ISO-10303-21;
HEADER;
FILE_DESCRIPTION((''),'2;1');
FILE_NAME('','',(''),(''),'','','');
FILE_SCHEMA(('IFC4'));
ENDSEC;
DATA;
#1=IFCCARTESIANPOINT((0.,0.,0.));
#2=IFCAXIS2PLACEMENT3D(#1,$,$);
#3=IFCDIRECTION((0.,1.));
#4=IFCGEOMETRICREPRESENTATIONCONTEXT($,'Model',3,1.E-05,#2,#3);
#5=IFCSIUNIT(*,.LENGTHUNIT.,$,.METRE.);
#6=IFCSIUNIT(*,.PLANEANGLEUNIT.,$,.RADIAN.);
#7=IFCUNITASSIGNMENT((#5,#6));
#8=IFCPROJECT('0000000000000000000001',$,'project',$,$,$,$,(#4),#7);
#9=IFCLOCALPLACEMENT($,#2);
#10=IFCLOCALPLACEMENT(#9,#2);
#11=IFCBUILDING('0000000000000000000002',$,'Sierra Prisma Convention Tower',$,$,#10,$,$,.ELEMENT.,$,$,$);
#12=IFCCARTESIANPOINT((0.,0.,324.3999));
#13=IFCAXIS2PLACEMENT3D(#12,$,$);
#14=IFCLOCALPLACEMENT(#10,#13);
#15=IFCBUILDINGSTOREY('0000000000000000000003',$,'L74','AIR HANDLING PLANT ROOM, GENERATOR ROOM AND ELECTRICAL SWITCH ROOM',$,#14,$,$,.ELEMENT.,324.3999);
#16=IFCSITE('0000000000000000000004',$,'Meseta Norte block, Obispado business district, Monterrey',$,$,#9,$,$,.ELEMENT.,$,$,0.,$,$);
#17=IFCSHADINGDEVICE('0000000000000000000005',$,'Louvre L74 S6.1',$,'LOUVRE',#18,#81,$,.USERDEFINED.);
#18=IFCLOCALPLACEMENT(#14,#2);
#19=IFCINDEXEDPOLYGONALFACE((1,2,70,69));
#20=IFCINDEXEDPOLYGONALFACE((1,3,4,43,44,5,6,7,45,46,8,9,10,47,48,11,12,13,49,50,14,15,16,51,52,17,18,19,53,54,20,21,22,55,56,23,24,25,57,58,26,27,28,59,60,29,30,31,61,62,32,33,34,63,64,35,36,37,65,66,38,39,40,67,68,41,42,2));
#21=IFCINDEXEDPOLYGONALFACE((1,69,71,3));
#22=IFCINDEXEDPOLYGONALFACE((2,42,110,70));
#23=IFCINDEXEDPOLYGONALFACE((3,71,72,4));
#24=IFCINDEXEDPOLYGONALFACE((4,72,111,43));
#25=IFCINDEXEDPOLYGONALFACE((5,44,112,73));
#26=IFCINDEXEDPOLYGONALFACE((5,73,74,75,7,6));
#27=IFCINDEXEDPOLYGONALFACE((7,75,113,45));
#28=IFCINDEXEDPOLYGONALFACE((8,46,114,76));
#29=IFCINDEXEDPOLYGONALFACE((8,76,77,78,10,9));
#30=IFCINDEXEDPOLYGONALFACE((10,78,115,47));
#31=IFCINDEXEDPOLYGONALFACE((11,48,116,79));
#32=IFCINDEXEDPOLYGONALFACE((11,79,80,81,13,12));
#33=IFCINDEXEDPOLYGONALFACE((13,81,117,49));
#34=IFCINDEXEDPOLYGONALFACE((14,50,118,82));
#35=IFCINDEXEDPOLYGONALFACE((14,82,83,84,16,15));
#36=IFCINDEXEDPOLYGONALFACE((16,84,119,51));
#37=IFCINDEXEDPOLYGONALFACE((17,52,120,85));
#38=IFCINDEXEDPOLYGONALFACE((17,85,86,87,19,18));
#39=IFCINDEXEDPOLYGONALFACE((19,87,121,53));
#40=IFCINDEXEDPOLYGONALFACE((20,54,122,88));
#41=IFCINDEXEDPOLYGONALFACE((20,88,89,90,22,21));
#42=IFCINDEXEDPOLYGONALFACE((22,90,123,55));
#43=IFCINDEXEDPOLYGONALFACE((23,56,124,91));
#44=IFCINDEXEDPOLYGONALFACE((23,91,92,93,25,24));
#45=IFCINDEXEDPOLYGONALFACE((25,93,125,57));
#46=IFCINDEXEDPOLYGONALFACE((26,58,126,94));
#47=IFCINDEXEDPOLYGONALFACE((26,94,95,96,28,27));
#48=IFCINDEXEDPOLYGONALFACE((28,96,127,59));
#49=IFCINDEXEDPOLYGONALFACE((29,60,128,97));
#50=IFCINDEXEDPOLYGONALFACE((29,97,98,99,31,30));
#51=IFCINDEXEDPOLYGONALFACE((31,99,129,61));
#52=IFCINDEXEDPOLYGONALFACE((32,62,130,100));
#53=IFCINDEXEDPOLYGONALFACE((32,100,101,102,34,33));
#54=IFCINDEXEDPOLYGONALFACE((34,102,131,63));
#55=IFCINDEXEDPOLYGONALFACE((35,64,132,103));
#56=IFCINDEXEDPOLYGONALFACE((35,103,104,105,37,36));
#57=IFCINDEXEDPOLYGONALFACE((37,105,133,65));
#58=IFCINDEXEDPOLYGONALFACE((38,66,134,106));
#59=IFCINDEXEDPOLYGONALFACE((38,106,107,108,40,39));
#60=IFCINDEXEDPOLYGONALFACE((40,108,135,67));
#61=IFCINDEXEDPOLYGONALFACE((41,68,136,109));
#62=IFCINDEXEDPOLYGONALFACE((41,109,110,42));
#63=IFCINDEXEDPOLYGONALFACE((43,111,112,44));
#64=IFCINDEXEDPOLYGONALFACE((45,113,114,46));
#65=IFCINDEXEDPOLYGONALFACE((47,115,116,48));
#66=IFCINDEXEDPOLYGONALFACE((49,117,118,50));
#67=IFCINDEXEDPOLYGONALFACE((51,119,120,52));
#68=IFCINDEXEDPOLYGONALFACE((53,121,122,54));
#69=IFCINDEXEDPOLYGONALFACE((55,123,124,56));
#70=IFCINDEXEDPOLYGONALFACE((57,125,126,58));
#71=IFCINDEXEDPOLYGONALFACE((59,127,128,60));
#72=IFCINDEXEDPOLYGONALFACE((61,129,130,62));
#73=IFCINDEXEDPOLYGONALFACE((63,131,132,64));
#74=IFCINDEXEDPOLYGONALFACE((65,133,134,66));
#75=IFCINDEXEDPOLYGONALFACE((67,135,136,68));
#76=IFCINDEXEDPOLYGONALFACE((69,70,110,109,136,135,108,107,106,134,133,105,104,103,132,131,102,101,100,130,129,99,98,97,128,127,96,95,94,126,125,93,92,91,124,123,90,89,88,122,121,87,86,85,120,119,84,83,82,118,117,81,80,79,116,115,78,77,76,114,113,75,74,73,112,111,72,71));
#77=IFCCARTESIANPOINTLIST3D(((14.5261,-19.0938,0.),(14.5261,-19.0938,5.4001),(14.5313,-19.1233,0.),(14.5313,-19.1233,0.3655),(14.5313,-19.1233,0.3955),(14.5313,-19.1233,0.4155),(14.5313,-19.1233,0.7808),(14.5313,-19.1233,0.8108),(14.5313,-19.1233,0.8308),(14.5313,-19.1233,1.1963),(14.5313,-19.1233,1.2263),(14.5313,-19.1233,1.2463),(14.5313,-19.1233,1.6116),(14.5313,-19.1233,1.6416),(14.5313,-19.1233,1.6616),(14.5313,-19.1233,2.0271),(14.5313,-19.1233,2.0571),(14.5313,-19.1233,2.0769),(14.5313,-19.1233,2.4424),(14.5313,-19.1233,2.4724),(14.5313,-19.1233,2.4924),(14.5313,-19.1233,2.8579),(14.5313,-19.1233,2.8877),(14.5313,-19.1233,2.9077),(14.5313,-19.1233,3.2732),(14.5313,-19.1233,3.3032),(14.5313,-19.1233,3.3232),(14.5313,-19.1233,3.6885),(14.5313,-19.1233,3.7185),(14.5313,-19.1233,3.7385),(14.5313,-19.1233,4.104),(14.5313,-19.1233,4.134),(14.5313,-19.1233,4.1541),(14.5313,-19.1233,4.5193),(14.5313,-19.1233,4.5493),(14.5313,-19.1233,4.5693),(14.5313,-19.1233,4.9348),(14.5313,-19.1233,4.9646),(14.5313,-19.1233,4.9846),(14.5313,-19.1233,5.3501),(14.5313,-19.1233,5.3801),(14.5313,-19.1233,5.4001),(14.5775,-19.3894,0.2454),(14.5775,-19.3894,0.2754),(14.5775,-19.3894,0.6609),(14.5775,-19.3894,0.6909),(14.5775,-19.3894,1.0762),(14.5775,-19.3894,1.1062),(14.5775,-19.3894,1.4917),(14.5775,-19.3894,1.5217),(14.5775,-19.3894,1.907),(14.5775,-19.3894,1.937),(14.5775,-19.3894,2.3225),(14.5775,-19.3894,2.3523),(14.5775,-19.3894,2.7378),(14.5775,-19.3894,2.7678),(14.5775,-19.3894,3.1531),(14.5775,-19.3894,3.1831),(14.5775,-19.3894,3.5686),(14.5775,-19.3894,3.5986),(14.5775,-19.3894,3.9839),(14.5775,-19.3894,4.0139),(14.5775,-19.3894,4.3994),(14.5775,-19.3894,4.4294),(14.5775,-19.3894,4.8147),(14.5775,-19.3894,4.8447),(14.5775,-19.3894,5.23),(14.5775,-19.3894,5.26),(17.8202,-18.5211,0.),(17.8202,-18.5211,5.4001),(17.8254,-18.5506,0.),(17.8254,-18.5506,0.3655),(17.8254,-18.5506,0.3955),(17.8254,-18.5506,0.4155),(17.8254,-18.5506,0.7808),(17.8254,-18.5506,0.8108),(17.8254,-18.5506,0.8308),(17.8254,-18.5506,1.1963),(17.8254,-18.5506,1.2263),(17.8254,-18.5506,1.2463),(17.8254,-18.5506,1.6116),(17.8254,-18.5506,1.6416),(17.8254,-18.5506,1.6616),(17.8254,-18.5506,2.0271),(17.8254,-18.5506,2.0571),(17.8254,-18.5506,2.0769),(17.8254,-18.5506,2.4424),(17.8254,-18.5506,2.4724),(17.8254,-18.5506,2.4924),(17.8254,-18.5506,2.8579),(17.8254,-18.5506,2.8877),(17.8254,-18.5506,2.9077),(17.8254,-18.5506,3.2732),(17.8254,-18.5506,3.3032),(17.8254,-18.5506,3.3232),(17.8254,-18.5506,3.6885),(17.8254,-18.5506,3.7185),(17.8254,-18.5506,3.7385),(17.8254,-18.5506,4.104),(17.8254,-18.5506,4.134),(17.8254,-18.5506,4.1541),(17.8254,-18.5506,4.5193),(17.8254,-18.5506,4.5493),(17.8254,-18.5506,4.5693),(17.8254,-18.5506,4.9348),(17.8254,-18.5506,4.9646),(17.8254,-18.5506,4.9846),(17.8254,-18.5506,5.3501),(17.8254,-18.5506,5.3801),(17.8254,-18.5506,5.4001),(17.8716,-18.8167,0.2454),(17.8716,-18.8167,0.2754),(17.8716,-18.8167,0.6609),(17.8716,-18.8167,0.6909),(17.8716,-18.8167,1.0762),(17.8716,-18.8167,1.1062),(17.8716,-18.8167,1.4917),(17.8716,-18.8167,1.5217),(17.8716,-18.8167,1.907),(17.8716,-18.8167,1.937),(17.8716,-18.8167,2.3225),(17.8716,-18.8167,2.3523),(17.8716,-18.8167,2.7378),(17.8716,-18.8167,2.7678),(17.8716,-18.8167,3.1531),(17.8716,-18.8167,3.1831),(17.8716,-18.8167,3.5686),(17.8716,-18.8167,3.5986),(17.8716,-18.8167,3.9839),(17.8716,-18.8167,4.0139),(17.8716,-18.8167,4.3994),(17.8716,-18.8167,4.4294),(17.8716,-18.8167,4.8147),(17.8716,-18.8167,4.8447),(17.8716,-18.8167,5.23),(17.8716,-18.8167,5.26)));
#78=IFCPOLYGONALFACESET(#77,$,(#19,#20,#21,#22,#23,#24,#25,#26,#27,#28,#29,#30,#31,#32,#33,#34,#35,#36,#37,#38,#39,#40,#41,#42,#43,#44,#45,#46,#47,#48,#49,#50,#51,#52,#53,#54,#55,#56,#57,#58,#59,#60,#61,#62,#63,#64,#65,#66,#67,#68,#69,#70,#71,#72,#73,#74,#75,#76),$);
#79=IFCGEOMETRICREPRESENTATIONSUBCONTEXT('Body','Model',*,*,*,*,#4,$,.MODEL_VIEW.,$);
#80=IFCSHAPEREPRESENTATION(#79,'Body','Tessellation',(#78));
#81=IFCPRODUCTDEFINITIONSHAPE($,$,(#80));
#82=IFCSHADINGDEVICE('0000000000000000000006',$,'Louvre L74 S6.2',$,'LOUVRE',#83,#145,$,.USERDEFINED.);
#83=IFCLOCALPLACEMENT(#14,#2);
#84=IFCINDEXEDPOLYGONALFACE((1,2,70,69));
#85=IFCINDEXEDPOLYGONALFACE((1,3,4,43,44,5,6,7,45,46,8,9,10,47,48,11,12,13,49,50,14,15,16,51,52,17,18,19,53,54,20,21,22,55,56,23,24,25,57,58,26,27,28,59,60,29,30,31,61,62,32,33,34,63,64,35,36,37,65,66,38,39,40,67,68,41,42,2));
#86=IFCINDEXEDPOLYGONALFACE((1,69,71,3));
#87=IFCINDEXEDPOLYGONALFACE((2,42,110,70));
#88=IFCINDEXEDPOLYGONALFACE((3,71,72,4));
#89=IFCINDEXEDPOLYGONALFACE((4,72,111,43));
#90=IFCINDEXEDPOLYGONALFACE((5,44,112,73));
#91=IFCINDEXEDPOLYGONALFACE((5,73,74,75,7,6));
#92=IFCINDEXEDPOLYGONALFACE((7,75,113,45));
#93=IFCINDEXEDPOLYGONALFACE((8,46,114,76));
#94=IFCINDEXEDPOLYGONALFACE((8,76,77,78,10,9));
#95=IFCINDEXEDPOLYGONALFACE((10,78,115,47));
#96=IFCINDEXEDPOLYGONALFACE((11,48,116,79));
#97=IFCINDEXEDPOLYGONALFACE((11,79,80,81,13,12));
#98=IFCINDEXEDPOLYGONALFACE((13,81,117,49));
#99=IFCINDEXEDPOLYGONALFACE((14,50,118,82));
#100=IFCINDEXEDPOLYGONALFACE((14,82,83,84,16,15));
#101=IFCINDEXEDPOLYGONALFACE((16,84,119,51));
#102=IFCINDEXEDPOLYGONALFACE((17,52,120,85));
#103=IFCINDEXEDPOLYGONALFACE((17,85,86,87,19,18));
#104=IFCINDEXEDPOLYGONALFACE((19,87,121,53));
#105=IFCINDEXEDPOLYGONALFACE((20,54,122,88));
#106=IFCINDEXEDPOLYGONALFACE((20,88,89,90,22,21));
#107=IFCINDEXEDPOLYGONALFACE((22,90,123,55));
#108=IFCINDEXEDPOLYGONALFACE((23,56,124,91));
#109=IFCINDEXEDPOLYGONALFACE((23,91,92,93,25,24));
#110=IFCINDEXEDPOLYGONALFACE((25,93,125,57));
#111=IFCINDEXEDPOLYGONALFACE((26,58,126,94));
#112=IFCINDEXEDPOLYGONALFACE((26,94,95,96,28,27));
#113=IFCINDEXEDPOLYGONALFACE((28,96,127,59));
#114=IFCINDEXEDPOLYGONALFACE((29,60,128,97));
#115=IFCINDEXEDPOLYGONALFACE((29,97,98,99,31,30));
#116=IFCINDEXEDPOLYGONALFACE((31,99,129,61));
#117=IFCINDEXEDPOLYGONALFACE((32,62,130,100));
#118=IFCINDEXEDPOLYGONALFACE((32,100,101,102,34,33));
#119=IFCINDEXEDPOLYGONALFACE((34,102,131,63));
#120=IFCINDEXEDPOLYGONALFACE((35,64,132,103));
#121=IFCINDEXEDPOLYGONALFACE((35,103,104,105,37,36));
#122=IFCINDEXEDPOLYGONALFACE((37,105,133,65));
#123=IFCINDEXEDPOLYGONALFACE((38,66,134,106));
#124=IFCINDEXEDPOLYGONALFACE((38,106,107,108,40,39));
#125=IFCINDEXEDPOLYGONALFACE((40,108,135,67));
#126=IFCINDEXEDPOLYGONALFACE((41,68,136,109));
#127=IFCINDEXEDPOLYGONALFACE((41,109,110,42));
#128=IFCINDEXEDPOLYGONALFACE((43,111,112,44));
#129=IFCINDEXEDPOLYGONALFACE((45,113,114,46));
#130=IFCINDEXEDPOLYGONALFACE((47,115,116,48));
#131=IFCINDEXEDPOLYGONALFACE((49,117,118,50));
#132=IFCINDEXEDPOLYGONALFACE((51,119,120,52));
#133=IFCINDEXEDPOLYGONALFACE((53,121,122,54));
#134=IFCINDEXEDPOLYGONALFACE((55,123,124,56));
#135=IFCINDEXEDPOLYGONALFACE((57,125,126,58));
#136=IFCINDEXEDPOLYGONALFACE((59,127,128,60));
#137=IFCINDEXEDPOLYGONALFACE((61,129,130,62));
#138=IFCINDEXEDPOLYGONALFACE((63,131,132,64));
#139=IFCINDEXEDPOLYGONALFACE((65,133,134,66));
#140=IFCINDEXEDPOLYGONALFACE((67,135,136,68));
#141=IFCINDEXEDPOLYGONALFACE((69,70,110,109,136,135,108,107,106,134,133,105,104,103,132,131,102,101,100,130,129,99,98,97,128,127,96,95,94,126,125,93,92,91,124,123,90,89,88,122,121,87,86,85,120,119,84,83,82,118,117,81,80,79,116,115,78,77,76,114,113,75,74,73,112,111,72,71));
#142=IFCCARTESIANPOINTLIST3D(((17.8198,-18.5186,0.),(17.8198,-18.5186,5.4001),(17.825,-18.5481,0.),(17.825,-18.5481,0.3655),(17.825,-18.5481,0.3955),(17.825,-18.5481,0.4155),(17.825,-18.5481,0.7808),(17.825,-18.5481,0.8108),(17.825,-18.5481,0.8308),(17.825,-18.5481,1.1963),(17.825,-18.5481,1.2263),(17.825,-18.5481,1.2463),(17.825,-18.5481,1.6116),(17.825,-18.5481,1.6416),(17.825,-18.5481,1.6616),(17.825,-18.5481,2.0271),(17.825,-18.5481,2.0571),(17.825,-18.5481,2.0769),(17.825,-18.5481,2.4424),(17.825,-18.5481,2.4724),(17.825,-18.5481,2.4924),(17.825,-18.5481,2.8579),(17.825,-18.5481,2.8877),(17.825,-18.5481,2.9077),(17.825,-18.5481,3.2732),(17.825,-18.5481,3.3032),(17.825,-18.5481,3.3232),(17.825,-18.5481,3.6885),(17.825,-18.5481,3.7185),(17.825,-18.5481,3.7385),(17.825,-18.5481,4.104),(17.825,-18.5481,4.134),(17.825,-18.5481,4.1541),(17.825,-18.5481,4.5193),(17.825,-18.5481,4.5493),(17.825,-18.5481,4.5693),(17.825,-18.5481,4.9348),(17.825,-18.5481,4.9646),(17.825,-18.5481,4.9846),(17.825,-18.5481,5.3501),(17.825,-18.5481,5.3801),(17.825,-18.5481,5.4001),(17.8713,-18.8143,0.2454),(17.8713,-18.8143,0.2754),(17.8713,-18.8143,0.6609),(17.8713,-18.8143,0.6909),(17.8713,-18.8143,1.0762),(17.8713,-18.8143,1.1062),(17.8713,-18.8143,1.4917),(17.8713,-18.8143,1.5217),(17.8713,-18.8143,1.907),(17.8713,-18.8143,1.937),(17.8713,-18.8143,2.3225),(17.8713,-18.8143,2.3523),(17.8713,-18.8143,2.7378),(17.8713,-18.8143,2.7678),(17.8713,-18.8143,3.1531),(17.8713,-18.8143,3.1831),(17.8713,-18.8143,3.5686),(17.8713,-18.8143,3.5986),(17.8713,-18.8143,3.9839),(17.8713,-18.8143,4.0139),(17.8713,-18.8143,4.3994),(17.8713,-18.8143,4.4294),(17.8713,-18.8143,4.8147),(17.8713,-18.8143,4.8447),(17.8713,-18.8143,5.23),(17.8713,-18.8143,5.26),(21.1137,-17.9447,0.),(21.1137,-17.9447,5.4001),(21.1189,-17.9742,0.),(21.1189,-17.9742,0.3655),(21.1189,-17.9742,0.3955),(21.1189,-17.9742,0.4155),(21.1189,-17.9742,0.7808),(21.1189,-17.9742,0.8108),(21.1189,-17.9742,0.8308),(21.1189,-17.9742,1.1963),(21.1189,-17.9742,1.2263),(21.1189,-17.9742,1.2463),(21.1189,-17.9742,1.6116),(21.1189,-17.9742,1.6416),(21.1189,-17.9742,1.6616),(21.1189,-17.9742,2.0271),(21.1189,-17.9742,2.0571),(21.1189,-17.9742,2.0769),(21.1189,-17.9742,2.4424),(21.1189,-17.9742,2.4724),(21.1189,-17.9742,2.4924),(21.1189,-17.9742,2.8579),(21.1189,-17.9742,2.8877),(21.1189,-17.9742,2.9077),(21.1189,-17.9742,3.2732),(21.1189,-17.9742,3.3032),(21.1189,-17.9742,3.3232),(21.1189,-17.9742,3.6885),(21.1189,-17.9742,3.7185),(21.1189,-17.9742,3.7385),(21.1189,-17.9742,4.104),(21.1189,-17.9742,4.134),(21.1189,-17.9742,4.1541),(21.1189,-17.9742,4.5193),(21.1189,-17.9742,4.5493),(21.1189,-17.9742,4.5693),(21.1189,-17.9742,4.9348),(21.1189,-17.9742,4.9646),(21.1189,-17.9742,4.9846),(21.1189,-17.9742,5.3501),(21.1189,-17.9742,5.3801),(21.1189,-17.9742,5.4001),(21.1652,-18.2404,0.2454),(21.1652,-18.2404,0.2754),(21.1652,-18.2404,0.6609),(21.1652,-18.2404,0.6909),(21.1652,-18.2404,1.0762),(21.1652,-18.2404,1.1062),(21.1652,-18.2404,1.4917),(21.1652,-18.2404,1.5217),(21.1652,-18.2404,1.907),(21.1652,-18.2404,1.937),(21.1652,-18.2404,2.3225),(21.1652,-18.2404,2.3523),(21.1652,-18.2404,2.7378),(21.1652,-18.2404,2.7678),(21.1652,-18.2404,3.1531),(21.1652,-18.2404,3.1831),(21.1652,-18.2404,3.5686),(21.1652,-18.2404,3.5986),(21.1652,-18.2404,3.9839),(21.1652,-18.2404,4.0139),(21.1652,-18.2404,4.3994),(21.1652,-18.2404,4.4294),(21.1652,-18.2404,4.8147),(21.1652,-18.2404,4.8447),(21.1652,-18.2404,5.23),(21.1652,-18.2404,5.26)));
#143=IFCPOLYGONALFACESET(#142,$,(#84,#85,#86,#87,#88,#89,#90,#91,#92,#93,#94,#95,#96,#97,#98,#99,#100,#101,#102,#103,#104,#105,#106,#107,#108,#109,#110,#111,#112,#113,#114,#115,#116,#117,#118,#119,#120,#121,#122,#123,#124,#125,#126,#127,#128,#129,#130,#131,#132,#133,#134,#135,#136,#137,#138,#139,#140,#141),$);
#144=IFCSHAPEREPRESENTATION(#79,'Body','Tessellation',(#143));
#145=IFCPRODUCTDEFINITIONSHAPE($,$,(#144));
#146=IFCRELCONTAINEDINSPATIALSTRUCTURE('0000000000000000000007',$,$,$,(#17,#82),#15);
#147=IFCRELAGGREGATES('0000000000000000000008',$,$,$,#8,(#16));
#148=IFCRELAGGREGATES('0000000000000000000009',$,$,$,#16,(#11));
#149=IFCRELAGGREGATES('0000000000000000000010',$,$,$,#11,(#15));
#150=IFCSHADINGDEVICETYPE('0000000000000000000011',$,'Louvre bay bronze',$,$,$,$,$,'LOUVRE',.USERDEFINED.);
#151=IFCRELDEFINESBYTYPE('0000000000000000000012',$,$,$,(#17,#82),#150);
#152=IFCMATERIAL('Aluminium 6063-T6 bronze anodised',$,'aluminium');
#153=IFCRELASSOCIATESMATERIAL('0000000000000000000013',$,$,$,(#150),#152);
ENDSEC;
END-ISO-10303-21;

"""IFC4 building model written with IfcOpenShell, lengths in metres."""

from ifc_helpers import new_model, si_unit, direction, frame, origin, place, context, subcontext, project, spatial, polyline, outline, extrude, material, type_object, element, save


model = new_model("IFC4")

# Units and contexts
model_context = context("Model", 3, precision=1e-05, world=origin(), true_north=direction((0.0, 1.0)))
body_context = subcontext(model_context, "Body", "Model", "MODEL_VIEW")
ifc_project = project(units=[si_unit("LENGTHUNIT", "METRE"), si_unit("PLANEANGLEUNIT", "RADIAN")], contexts=[model_context])

# Site, building, storey
site_placement = place(None, origin())
site = spatial("IfcSite", under=ifc_project, at=site_placement, Name="Meseta Norte block, Obispado business district, Monterrey", CompositionType="ELEMENT", RefElevation=0.0)
building_placement = place(site_placement, origin())
building = spatial("IfcBuilding", under=site, at=building_placement, Name="Sierra Prisma Convention Tower", CompositionType="ELEMENT")
storey_placement = place(building_placement, frame((0.0, 0.0, 324.3999)))
storey = spatial("IfcBuildingStorey", under=building, at=storey_placement, Name="L74", Description="AIR HANDLING PLANT ROOM, GENERATOR ROOM AND ELECTRICAL SWITCH ROOM", CompositionType="ELEMENT", Elevation=324.3999)

# Shading devices
ifc_material_1 = material(Name="Aluminium 6063-T6 bronze anodised", Category="aluminium")
shading_device_type = type_object("IfcShadingDeviceType", Name="Louvre bay bronze", ElementType="LOUVRE", PredefinedType="USERDEFINED", material=ifc_material_1)
shading_device_1_placement = place(storey_placement, frame((14.5261, -19.0938, 0.0), z_axis=(-0.985222, -0.171283, 0.0), x_axis=(0.0, 0.0, 1.0)))
element("IfcShadingDevice", 1, at=shading_device_1_placement, inside=storey, type_object=shading_device_type, Name="Louvre L74 S6.1", ObjectType="LOUVRE", PredefinedType="USERDEFINED", context=body_context, shape_type="SweptSolid", body=[
    extrude(outline(polyline([(0.0, 0.0), (5.4001, 0.0), (5.4001, -0.03), (5.3801, -0.03), (5.26, -0.3001), (5.23, -0.3001), (5.3501, -0.03), (4.9846, -0.03), (4.9646, -0.03), (4.8447, -0.3001), (4.8147, -0.3001), (4.9348, -0.03), (4.5693, -0.03), (4.5493, -0.03), (4.4294, -0.3001), (4.3994, -0.3001), (4.5193, -0.03), (4.1541, -0.03), (4.134, -0.03), (4.0139, -0.3001), (3.9839, -0.3001), (4.104, -0.03), (3.7385, -0.03), (3.7185, -0.03), (3.5986, -0.3001), (3.5686, -0.3001), (3.6885, -0.03), (3.3232, -0.03), (3.3032, -0.03), (3.1831, -0.3001), (3.1531, -0.3001), (3.2732, -0.03), (2.9077, -0.03), (2.8877, -0.03), (2.7678, -0.3001), (2.7378, -0.3001), (2.8579, -0.03), (2.4924, -0.03), (2.4724, -0.03), (2.3523, -0.3001), (2.3225, -0.3001), (2.4424, -0.03), (2.0769, -0.03), (2.0571, -0.03), (1.937, -0.3001), (1.907, -0.3001), (2.0271, -0.03), (1.6616, -0.03), (1.6416, -0.03), (1.5217, -0.3001), (1.4917, -0.3001), (1.6116, -0.03), (1.2463, -0.03), (1.2263, -0.03), (1.1062, -0.3001), (1.0762, -0.3001), (1.1963, -0.03), (0.8308, -0.03), (0.8108, -0.03), (0.6909, -0.3001), (0.6609, -0.3001), (0.7808, -0.03), (0.4155, -0.03), (0.3955, -0.03), (0.2754, -0.3001), (0.2454, -0.3001), (0.3655, -0.03), (0.0, -0.03), (0.0, 0.0)])), origin(), (0.0, 0.0, -1.0), 3.3435),
])
shading_device_2_placement = place(storey_placement, frame((17.8198, -18.5186, 0.0), z_axis=(-0.985162, -0.171629, 0.0), x_axis=(0.0, 0.0, 1.0)))
element("IfcShadingDevice", 2, at=shading_device_2_placement, inside=storey, type_object=shading_device_type, Name="Louvre L74 S6.2", ObjectType="LOUVRE", PredefinedType="USERDEFINED", context=body_context, shape_type="SweptSolid", body=[
    extrude(outline(polyline([(0.0, 0.0), (5.4001, 0.0), (5.4001, -0.03), (5.3801, -0.03), (5.26, -0.3002), (5.23, -0.3002), (5.3501, -0.03), (4.9846, -0.03), (4.9646, -0.03), (4.8447, -0.3002), (4.8147, -0.3002), (4.9348, -0.03), (4.5693, -0.03), (4.5493, -0.03), (4.4294, -0.3002), (4.3994, -0.3002), (4.5193, -0.03), (4.1541, -0.03), (4.134, -0.03), (4.0139, -0.3002), (3.9839, -0.3002), (4.104, -0.03), (3.7385, -0.03), (3.7185, -0.03), (3.5986, -0.3002), (3.5686, -0.3002), (3.6885, -0.03), (3.3232, -0.03), (3.3032, -0.03), (3.1831, -0.3002), (3.1531, -0.3002), (3.2732, -0.03), (2.9077, -0.03), (2.8877, -0.03), (2.7678, -0.3002), (2.7378, -0.3002), (2.8579, -0.03), (2.4924, -0.03), (2.4724, -0.03), (2.3523, -0.3002), (2.3225, -0.3002), (2.4424, -0.03), (2.0769, -0.03), (2.0571, -0.03), (1.937, -0.3002), (1.907, -0.3002), (2.0271, -0.03), (1.6616, -0.03), (1.6416, -0.03), (1.5217, -0.3002), (1.4917, -0.3002), (1.6116, -0.03), (1.2463, -0.03), (1.2263, -0.03), (1.1062, -0.3002), (1.0762, -0.3002), (1.1963, -0.03), (0.8308, -0.03), (0.8108, -0.03), (0.6909, -0.3002), (0.6609, -0.3002), (0.7808, -0.03), (0.4155, -0.03), (0.3955, -0.03), (0.2754, -0.3002), (0.2454, -0.3002), (0.3655, -0.03), (0.0, -0.03), (0.0, 0.0)])), origin(), (0.0, 0.0, -1.0), 3.3435),
])

save(model, "model.ifc")
